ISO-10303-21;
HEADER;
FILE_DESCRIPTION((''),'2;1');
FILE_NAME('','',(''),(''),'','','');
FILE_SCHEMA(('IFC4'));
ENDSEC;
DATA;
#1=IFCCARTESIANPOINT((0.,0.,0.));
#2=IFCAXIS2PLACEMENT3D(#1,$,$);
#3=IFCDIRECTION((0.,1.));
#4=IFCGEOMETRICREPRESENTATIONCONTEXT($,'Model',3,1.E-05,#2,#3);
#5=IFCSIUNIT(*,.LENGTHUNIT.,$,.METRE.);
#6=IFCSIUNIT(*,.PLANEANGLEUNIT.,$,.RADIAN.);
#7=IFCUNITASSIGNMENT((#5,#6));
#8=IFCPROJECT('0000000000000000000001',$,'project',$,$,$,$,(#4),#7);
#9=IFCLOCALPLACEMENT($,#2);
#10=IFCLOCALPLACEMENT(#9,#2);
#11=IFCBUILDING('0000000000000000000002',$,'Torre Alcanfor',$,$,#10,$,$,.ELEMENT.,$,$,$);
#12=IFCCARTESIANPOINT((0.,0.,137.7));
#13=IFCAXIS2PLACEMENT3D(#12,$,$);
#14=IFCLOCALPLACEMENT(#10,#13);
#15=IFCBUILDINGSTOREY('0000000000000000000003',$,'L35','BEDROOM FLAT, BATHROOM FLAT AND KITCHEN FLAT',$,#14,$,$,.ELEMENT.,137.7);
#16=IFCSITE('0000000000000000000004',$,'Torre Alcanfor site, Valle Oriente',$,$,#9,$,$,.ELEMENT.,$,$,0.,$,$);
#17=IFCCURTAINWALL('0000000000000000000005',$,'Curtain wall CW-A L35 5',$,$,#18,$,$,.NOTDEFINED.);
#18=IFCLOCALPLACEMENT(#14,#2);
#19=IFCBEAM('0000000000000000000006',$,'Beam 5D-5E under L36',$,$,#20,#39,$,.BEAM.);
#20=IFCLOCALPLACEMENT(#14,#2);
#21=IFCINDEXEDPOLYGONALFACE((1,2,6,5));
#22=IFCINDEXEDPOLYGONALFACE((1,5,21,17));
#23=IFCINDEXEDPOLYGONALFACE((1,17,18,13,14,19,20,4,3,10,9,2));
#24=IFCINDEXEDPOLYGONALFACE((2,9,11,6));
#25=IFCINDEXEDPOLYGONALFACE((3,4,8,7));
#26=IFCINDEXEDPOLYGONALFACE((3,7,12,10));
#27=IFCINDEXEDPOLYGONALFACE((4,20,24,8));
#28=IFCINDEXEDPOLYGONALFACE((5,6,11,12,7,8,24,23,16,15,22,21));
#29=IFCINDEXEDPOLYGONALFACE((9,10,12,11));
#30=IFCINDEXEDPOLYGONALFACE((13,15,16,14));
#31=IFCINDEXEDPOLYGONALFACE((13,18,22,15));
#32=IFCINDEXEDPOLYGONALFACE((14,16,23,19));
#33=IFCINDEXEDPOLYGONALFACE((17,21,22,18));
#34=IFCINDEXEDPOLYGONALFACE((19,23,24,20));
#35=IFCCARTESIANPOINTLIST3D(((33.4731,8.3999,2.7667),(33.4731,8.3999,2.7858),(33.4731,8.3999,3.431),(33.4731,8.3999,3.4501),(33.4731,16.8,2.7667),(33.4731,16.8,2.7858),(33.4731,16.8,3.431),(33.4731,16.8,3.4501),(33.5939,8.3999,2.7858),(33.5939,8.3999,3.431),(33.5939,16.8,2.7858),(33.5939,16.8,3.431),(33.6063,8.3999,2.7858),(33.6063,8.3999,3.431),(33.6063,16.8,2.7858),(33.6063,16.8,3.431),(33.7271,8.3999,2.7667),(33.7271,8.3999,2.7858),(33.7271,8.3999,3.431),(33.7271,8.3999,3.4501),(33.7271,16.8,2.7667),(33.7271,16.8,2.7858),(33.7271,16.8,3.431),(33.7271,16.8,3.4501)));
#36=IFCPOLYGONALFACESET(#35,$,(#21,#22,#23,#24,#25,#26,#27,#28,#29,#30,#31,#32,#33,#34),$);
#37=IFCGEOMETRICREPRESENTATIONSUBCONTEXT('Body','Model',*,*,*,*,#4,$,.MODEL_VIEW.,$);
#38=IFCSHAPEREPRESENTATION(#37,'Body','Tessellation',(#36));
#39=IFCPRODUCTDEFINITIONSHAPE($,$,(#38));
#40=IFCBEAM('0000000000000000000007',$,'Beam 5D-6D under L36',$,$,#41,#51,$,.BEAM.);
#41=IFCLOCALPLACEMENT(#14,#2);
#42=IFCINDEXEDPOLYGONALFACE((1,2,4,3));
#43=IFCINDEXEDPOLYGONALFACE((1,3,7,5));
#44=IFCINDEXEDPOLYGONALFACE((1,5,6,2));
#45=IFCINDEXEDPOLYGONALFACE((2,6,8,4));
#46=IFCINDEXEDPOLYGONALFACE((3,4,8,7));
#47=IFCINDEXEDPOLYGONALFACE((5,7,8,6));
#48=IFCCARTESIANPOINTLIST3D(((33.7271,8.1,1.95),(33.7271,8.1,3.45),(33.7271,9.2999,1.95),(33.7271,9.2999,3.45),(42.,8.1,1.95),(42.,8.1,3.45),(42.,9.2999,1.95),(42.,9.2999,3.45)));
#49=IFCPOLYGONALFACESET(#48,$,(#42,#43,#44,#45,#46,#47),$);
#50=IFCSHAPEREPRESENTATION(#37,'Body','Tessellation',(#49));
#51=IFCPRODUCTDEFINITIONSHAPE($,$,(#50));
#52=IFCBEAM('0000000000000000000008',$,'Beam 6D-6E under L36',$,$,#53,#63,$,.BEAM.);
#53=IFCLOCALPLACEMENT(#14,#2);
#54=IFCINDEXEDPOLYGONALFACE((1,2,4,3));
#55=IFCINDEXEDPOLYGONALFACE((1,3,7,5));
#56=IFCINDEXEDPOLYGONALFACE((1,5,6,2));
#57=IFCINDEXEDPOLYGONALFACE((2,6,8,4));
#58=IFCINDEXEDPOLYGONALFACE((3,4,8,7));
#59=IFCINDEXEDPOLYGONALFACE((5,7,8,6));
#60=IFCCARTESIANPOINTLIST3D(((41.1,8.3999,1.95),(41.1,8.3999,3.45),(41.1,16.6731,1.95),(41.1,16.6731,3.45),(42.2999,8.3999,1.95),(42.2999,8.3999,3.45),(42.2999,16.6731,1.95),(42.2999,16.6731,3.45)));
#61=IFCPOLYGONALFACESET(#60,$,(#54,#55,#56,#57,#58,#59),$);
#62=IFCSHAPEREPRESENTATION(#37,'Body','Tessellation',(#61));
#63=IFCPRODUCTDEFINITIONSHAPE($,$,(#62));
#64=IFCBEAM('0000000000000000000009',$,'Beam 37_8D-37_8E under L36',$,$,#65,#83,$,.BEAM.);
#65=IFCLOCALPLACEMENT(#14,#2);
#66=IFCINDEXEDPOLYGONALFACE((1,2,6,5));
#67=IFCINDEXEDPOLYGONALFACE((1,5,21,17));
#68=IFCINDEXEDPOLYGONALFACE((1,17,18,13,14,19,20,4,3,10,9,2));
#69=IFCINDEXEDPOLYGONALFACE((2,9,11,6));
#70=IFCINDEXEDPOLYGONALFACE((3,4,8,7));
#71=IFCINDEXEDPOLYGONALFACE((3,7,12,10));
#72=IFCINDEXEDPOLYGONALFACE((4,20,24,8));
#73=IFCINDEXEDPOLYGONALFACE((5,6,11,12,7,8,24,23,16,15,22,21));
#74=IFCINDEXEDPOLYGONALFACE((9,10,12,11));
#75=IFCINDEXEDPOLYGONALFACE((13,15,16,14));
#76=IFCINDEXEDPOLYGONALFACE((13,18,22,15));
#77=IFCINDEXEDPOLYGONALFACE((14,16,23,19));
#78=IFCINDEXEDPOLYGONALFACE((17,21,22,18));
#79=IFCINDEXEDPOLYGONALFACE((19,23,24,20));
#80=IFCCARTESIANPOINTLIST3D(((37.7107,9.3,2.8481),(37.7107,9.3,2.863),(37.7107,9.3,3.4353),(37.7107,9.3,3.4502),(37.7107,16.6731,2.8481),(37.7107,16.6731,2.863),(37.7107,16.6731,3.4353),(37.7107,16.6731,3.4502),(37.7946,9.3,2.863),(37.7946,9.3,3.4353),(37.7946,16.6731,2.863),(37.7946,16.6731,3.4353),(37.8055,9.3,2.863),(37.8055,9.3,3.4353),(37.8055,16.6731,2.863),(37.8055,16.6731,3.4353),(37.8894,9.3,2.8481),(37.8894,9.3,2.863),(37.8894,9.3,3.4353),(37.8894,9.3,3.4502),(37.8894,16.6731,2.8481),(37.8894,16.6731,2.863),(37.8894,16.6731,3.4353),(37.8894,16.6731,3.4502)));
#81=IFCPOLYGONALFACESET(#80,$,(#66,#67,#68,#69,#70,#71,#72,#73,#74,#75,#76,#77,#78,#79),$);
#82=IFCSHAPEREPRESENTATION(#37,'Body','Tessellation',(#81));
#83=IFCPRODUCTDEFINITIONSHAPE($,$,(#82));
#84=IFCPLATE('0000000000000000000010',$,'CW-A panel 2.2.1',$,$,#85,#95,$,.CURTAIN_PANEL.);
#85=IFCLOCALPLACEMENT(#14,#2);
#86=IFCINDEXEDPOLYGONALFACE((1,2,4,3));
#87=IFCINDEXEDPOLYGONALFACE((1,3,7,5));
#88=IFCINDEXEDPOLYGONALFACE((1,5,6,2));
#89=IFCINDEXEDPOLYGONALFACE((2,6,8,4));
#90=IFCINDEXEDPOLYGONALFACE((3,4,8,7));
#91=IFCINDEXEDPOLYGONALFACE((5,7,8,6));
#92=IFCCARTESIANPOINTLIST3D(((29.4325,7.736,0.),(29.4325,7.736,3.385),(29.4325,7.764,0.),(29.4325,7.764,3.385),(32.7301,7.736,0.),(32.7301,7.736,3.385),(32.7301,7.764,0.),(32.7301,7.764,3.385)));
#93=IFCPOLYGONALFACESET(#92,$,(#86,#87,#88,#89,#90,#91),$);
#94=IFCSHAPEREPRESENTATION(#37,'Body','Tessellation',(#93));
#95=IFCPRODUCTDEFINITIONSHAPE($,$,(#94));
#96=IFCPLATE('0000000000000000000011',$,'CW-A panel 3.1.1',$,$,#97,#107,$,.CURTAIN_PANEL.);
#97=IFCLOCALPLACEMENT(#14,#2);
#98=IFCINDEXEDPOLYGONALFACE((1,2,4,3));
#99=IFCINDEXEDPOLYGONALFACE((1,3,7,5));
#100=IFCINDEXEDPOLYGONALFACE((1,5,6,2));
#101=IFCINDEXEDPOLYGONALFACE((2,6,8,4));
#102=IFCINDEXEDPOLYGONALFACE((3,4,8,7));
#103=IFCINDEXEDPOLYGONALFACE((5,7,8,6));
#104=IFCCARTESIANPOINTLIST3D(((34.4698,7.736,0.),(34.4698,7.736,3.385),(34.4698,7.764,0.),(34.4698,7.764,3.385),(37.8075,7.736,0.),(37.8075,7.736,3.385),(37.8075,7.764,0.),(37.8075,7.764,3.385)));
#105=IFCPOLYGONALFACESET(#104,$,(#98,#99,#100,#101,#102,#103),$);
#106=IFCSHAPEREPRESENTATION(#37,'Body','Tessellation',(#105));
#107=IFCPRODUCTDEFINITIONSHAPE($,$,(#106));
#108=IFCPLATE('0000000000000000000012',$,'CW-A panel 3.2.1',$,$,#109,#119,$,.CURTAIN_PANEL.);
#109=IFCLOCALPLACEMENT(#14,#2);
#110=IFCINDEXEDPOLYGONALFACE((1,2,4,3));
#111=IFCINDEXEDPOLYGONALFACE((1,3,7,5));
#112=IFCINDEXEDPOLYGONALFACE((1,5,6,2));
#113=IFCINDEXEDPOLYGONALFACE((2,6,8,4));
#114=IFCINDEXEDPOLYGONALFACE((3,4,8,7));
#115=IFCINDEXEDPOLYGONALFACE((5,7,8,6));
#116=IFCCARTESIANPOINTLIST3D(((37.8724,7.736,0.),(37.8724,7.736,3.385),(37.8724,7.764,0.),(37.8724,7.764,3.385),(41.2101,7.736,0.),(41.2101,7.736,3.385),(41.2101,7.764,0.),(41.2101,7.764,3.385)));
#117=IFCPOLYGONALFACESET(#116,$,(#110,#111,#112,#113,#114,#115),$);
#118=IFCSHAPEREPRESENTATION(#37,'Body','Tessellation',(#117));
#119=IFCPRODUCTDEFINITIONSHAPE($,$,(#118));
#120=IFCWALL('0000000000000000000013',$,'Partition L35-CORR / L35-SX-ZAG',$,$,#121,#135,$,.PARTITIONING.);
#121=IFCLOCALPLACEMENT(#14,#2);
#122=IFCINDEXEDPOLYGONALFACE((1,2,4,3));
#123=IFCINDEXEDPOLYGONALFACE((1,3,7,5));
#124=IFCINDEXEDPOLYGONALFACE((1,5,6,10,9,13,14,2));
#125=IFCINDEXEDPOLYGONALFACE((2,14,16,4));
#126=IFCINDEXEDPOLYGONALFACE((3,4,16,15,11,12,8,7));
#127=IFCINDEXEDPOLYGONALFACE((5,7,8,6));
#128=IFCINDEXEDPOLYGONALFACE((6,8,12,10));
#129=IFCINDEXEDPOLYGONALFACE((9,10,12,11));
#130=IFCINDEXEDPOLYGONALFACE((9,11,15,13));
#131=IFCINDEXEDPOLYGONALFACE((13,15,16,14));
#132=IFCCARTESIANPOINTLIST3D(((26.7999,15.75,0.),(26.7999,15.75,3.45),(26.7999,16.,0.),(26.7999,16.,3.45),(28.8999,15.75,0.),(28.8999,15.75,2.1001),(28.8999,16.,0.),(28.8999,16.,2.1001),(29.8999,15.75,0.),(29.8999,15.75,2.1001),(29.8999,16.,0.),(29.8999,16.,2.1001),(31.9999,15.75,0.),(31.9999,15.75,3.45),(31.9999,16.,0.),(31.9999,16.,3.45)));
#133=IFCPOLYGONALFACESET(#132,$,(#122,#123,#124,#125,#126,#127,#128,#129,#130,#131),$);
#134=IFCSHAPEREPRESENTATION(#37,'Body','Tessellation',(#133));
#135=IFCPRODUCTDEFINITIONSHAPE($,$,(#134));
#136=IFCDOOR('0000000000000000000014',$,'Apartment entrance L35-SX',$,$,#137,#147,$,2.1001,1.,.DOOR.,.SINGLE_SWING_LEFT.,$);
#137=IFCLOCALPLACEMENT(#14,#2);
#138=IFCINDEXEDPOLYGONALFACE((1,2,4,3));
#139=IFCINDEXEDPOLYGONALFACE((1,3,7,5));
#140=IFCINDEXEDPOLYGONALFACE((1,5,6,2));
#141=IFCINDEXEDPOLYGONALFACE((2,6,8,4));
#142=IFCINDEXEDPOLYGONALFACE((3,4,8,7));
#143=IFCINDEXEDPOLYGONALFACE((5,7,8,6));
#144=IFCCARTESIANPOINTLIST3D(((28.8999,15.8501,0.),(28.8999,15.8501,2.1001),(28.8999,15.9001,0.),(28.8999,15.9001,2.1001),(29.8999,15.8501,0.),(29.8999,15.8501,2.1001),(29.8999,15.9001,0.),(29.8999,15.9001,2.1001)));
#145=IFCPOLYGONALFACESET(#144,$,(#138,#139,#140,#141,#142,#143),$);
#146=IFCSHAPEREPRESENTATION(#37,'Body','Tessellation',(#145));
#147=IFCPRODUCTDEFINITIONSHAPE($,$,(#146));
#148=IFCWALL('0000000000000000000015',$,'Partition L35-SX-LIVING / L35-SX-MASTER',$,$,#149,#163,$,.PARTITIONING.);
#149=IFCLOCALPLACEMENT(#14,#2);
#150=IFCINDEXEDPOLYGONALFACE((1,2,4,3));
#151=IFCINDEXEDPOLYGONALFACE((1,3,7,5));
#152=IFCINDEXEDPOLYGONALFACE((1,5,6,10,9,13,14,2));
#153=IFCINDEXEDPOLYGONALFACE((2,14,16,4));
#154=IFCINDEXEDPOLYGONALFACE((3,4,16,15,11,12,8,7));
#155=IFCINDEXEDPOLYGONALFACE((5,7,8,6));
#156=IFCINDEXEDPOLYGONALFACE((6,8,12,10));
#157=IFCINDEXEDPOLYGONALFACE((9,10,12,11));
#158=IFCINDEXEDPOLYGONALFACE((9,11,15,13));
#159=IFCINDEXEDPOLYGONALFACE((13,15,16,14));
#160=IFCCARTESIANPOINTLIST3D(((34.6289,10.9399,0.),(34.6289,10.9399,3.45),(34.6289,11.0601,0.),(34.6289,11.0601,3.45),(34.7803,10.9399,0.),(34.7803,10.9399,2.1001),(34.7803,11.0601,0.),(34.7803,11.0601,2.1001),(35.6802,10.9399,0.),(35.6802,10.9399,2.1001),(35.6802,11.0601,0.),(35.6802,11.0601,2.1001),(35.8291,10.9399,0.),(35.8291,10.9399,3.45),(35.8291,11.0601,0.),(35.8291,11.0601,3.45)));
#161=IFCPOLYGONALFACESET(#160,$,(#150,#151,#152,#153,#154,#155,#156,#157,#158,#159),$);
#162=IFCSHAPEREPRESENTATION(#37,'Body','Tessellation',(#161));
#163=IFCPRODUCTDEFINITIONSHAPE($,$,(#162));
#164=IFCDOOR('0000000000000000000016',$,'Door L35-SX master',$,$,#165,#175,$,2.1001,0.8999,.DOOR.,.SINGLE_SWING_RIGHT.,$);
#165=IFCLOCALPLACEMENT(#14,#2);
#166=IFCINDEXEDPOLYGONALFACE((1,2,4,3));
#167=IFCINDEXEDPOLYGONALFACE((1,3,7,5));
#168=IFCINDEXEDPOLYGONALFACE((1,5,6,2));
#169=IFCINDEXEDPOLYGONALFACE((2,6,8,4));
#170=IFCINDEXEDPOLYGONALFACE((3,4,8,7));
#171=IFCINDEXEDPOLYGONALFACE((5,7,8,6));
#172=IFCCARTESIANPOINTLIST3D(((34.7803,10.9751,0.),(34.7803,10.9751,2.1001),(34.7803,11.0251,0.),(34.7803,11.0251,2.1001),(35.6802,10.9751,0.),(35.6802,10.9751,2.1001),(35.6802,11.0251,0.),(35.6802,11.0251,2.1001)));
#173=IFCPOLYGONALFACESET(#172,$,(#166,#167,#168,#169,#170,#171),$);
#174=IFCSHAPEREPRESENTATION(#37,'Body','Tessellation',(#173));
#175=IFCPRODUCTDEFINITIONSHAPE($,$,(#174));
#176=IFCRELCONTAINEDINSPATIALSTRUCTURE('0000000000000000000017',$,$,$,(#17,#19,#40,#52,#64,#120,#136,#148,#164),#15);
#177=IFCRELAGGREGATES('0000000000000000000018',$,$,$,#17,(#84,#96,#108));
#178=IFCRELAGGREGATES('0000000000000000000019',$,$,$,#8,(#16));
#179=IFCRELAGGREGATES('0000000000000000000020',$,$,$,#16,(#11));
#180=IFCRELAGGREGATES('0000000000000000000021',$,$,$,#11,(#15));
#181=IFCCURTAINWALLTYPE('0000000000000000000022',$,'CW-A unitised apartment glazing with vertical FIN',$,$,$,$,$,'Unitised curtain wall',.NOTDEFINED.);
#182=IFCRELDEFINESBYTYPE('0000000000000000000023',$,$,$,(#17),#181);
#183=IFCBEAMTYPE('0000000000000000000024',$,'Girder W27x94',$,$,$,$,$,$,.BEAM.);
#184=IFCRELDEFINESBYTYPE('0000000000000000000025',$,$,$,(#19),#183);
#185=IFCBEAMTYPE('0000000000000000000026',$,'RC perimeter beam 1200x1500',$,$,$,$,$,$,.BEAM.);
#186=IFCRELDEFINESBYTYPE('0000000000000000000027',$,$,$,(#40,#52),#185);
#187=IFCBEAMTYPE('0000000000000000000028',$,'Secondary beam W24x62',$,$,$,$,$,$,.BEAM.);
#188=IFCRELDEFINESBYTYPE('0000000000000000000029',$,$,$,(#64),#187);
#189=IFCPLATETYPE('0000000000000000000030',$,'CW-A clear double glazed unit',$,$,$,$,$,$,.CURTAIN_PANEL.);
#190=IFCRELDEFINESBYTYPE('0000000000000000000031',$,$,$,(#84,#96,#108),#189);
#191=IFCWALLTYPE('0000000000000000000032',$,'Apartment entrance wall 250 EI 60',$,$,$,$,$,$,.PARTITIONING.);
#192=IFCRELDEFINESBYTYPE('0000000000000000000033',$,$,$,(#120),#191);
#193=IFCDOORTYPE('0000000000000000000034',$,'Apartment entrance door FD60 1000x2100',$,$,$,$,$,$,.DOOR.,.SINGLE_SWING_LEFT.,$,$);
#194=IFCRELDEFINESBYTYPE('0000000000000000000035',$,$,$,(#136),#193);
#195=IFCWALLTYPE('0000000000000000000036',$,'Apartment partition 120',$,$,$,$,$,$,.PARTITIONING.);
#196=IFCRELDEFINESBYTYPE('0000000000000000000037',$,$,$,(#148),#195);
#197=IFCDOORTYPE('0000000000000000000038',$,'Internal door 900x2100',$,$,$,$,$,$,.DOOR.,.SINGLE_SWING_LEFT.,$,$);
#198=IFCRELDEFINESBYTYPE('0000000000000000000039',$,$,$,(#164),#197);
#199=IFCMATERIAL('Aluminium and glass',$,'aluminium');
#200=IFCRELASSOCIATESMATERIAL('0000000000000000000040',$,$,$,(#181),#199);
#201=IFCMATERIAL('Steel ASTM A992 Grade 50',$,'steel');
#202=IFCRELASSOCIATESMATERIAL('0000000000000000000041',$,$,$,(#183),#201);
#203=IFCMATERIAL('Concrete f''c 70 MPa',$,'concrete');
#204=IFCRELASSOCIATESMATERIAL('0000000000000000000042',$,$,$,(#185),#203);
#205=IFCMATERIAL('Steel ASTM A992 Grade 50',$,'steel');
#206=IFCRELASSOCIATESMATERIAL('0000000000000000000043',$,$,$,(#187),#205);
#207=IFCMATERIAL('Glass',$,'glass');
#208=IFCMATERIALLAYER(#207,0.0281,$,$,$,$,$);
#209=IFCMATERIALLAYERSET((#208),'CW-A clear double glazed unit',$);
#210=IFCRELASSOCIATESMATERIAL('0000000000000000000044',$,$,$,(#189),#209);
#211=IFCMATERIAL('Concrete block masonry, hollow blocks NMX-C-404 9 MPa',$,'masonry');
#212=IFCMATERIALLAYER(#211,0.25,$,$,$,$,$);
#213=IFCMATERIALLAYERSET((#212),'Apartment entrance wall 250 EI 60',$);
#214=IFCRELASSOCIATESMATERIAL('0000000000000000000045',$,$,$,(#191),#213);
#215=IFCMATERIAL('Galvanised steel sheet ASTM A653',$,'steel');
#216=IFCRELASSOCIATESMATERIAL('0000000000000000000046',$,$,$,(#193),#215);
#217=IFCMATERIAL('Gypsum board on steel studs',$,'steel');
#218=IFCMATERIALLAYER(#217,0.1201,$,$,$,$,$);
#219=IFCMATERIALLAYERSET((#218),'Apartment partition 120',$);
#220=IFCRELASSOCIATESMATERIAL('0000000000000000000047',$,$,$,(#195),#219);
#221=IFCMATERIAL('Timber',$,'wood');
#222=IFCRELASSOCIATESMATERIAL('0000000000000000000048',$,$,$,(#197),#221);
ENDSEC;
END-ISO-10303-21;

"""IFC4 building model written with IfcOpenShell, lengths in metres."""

from ifc_helpers import new_model, si_unit, direction, frame, frame_2d, origin, origin_2d, place, context, subcontext, project, spatial, rectangle, i_section, extrude, material, layer, layer_set, material_profile, profile_set, type_object, element, fill, aggregate, save


model = new_model("IFC4")

# Units and contexts
model_context = context("Model", 3, precision=1e-05, world=origin(), true_north=direction((0.0, 1.0)))
body_context = subcontext(model_context, "Body", "Model", "MODEL_VIEW")
ifc_project = project(units=[si_unit("LENGTHUNIT", "METRE"), si_unit("PLANEANGLEUNIT", "RADIAN")], contexts=[model_context])

# Site, building, storey
site_placement = place(None, origin())
site = spatial("IfcSite", under=ifc_project, at=site_placement, Name="Torre Alcanfor site, Valle Oriente", CompositionType="ELEMENT", RefElevation=0.0)
building_placement = place(site_placement, origin())
building = spatial("IfcBuilding", under=site, at=building_placement, Name="Torre Alcanfor", CompositionType="ELEMENT")
storey_placement = place(building_placement, frame((0.0, 0.0, 137.7)))
storey = spatial("IfcBuildingStorey", under=building, at=storey_placement, Name="L35", Description="BEDROOM FLAT, BATHROOM FLAT AND KITCHEN FLAT", CompositionType="ELEMENT", Elevation=137.7)

# Curtain wall
ifc_material_1 = material(Name="Aluminium and glass", Category="aluminium")
curtain_wall_type = type_object("IfcCurtainWallType", Name="CW-A unitised apartment glazing with vertical FIN", ElementType="Unitised curtain wall", PredefinedType="NOTDEFINED", material=ifc_material_1)
curtain_wall_placement = place(storey_placement, origin())
curtain_wall = element("IfcCurtainWall", 1, at=curtain_wall_placement, inside=storey, type_object=curtain_wall_type, Name="Curtain wall CW-A L35 5", PredefinedType="NOTDEFINED")

# Beams
ifc_material_2 = material(Name="Steel ASTM A992 Grade 50", Category="steel")
ifc_material_profile_1 = material_profile(ifc_material_2, i_section(OverallWidth=0.2539, OverallDepth=0.6833, WebThickness=0.0125, FlangeThickness=0.019, at=origin_2d()), Name="W27x94")
ifc_profile_set_1 = profile_set([ifc_material_profile_1], Name="Steel ASTM A992 Grade 50")
beam_type_1 = type_object("IfcBeamType", Name="Girder W27x94", PredefinedType="BEAM", material=ifc_profile_set_1)
beam_1_placement = place(storey_placement, frame((33.6001, 8.3999, 3.1084), z_axis=(0.0, 1.0, 0.0), x_axis=(-1.0, 0.0, 0.0)))
element("IfcBeam", 2, at=beam_1_placement, inside=storey, type_object=beam_type_1, Name="Beam 5D-5E under L36", PredefinedType="BEAM", context=body_context, shape_type="SweptSolid", body=[
    extrude(i_section(OverallWidth=0.2539, OverallDepth=0.6833, WebThickness=0.0125, FlangeThickness=0.019, at=origin_2d()), origin(), (0.0, 0.0, 1.0), 8.4001),
])
ifc_material_3 = material(Name="Concrete f'c 70 MPa", Category="concrete")
ifc_material_profile_2 = material_profile(ifc_material_3, rectangle(XDim=1.2, YDim=1.5, at=origin_2d()), Name="1200x1500")
ifc_profile_set_2 = profile_set([ifc_material_profile_2], Name="Concrete f'c 70 MPa")
beam_type_2 = type_object("IfcBeamType", Name="RC perimeter beam 1200x1500", PredefinedType="BEAM", material=ifc_profile_set_2)
beam_2_placement = place(storey_placement, frame((33.7271, 8.7, 2.7), z_axis=(1.0, 0.0, 0.0), x_axis=(0.0, 1.0, 0.0)))
element("IfcBeam", 3, at=beam_2_placement, inside=storey, type_object=beam_type_2, Name="Beam 5D-6D under L36", PredefinedType="BEAM", context=body_context, shape_type="SweptSolid", body=[
    extrude(rectangle(XDim=1.2, YDim=1.5, at=origin_2d()), origin(), (0.0, 0.0, 1.0), 8.2729),
])
beam_3_placement = place(storey_placement, frame((41.7, 8.3999, 2.7), z_axis=(0.0, 1.0, 0.0), x_axis=(-1.0, 0.0, 0.0)))
element("IfcBeam", 4, at=beam_3_placement, inside=storey, type_object=beam_type_2, Name="Beam 6D-6E under L36", PredefinedType="BEAM", context=body_context, shape_type="SweptSolid", body=[
    extrude(rectangle(XDim=1.2, YDim=1.5, at=origin_2d()), origin(), (0.0, 0.0, 1.0), 8.2732),
])
ifc_material_4 = material(Name="Steel ASTM A992 Grade 50", Category="steel")
ifc_material_profile_3 = material_profile(ifc_material_4, i_section(OverallWidth=0.1787, OverallDepth=0.6021, WebThickness=0.011, FlangeThickness=0.0149, at=origin_2d()), Name="W24x62")
ifc_profile_set_3 = profile_set([ifc_material_profile_3], Name="Steel ASTM A992 Grade 50")
beam_type_3 = type_object("IfcBeamType", Name="Secondary beam W24x62", PredefinedType="BEAM", material=ifc_profile_set_3)
beam_4_placement = place(storey_placement, frame((37.8, 9.3, 3.1492), z_axis=(0.0, 1.0, 0.0), x_axis=(-1.0, 0.0, 0.0)))
element("IfcBeam", 5, at=beam_4_placement, inside=storey, type_object=beam_type_3, Name="Beam 37_8D-37_8E under L36", PredefinedType="BEAM", context=body_context, shape_type="SweptSolid", body=[
    extrude(i_section(OverallWidth=0.1787, OverallDepth=0.6021, WebThickness=0.011, FlangeThickness=0.0149, at=origin_2d()), origin(), (0.0, 0.0, 1.0), 7.373),
])

# Plates
ifc_material_5 = material(Name="Glass", Category="glass")
ifc_layer_1 = layer(ifc_material_5, 0.0281)
ifc_layer_set_1 = layer_set([ifc_layer_1], Name="CW-A clear double glazed unit")
plate_type = type_object("IfcPlateType", Name="CW-A clear double glazed unit", PredefinedType="CURTAIN_PANEL", material=ifc_layer_set_1)
plate_1_placement = place(storey_placement, frame((31.0813, 7.75, 0.0), z_axis=(0.0, 0.0, 1.0), x_axis=(1.0, 0.0, 0.0)))
plate_1 = element("IfcPlate", 6, at=plate_1_placement, type_object=plate_type, Name="CW-A panel 2.2.1", PredefinedType="CURTAIN_PANEL", context=body_context, shape_type="SweptSolid", body=[
    extrude(rectangle(XDim=3.2976, YDim=0.0281, at=origin_2d()), origin(), (0.0, 0.0, 1.0), 3.385),
])
plate_2_placement = place(storey_placement, frame((36.1387, 7.75, 0.0), z_axis=(0.0, 0.0, 1.0), x_axis=(1.0, 0.0, 0.0)))
plate_2 = element("IfcPlate", 7, at=plate_2_placement, type_object=plate_type, Name="CW-A panel 3.1.1", PredefinedType="CURTAIN_PANEL", context=body_context, shape_type="SweptSolid", body=[
    extrude(rectangle(XDim=3.3376, YDim=0.0281, at=origin_2d()), origin(), (0.0, 0.0, 1.0), 3.385),
])
plate_3_placement = place(storey_placement, frame((39.5413, 7.75, 0.0), z_axis=(0.0, 0.0, 1.0), x_axis=(1.0, 0.0, 0.0)))
plate_3 = element("IfcPlate", 8, at=plate_3_placement, type_object=plate_type, Name="CW-A panel 3.2.1", PredefinedType="CURTAIN_PANEL", context=body_context, shape_type="SweptSolid", body=[
    extrude(rectangle(XDim=3.3376, YDim=0.0281, at=origin_2d()), origin(), (0.0, 0.0, 1.0), 3.385),
])
aggregate(curtain_wall, [plate_1, plate_2, plate_3])

# Walls, openings, doors
ifc_material_6 = material(Name="Concrete block masonry, hollow blocks NMX-C-404 9 MPa", Category="masonry")
ifc_layer_2 = layer(ifc_material_6, 0.25)
ifc_layer_set_2 = layer_set([ifc_layer_2], Name="Apartment entrance wall 250 EI 60")
wall_type_1 = type_object("IfcWallType", Name="Apartment entrance wall 250 EI 60", PredefinedType="PARTITIONING", material=ifc_layer_set_2)
wall_1_placement = place(storey_placement, frame((32.0, 15.875, 0.0), z_axis=(0.0, 0.0, 1.0), x_axis=(-1.0, 0.0, 0.0)))
wall_1 = element("IfcWall", 9, at=wall_1_placement, inside=storey, type_object=wall_type_1, Name="Partition L35-CORR / L35-SX-ZAG", PredefinedType="PARTITIONING", context=body_context, shape_type="SweptSolid", body=[
    extrude(rectangle(XDim=5.2, YDim=0.25, at=frame_2d((2.6001, 0.0))), origin(), (0.0, 0.0, 1.0), 3.45),
])
opening_1_placement = place(wall_1_placement, frame((2.1001, 0.0, 0.0)))
opening_1 = element("IfcOpeningElement", 10, at=opening_1_placement, cuts=wall_1, PredefinedType="OPENING", context=body_context, shape_type="SweptSolid", body=[
    extrude(rectangle(XDim=1.0, YDim=2.1001, at=frame_2d((0.5, 1.05))), frame((0.0, 0.135, 0.0), z_axis=(0.0, -1.0, 0.0), x_axis=(1.0, 0.0, 0.0)), (0.0, 0.0, 1.0), 0.27),
])
ifc_material_7 = material(Name="Galvanised steel sheet ASTM A653", Category="steel")
door_type_1 = type_object("IfcDoorType", Name="Apartment entrance door FD60 1000x2100", OperationType="SINGLE_SWING_LEFT", PredefinedType="DOOR", material=ifc_material_7)
door_1_placement = place(opening_1_placement, origin())
door_1 = element("IfcDoor", 11, at=door_1_placement, inside=storey, type_object=door_type_1, Name="Apartment entrance L35-SX", OperationType="SINGLE_SWING_LEFT", OverallHeight=2.1001, OverallWidth=1.0, PredefinedType="DOOR", context=body_context, shape_type="SweptSolid", body=[
    extrude(rectangle(XDim=1.0, YDim=2.1001, at=frame_2d((0.5, 1.05))), frame((0.0, 0.0249, 0.0), z_axis=(0.0, -1.0, 0.0), x_axis=(1.0, 0.0, 0.0)), (0.0, 0.0, 1.0), 0.05),
])
fill(opening_1, door_1)
ifc_material_8 = material(Name="Gypsum board on steel studs", Category="steel")
ifc_layer_3 = layer(ifc_material_8, 0.1201)
ifc_layer_set_3 = layer_set([ifc_layer_3], Name="Apartment partition 120")
wall_type_2 = type_object("IfcWallType", Name="Apartment partition 120", PredefinedType="PARTITIONING", material=ifc_layer_set_3)
wall_2_placement = place(storey_placement, frame((35.8291, 11.0, 0.0), z_axis=(0.0, 0.0, 1.0), x_axis=(-1.0, 0.0, 0.0)))
wall_2 = element("IfcWall", 12, at=wall_2_placement, inside=storey, type_object=wall_type_2, Name="Partition L35-SX-LIVING / L35-SX-MASTER", PredefinedType="PARTITIONING", context=body_context, shape_type="SweptSolid", body=[
    extrude(rectangle(XDim=1.2002, YDim=0.1201, at=frame_2d((0.6001, 0.0))), origin(), (0.0, 0.0, 1.0), 3.45),
])
opening_2_placement = place(wall_2_placement, frame((0.1489, 0.0, 0.0)))
opening_2 = element("IfcOpeningElement", 13, at=opening_2_placement, cuts=wall_2, PredefinedType="OPENING", context=body_context, shape_type="SweptSolid", body=[
    extrude(rectangle(XDim=0.8999, YDim=2.1001, at=frame_2d((0.45, 1.05))), frame((0.0, 0.0701, 0.0), z_axis=(0.0, -1.0, 0.0), x_axis=(1.0, 0.0, 0.0)), (0.0, 0.0, 1.0), 0.1401),
])
ifc_material_9 = material(Name="Timber", Category="wood")
door_type_2 = type_object("IfcDoorType", Name="Internal door 900x2100", OperationType="SINGLE_SWING_LEFT", PredefinedType="DOOR", material=ifc_material_9)
door_2_placement = place(opening_2_placement, origin())
door_2 = element("IfcDoor", 14, at=door_2_placement, inside=storey, type_object=door_type_2, Name="Door L35-SX master", OperationType="SINGLE_SWING_RIGHT", OverallHeight=2.1001, OverallWidth=0.8999, PredefinedType="DOOR", context=body_context, shape_type="SweptSolid", body=[
    extrude(rectangle(XDim=0.8999, YDim=2.1001, at=frame_2d((0.45, 1.05))), frame((0.0, 0.0249, 0.0), z_axis=(0.0, -1.0, 0.0), x_axis=(1.0, 0.0, 0.0)), (0.0, 0.0, 1.0), 0.05),
])
fill(opening_2, door_2)

save(model, "model.ifc")
